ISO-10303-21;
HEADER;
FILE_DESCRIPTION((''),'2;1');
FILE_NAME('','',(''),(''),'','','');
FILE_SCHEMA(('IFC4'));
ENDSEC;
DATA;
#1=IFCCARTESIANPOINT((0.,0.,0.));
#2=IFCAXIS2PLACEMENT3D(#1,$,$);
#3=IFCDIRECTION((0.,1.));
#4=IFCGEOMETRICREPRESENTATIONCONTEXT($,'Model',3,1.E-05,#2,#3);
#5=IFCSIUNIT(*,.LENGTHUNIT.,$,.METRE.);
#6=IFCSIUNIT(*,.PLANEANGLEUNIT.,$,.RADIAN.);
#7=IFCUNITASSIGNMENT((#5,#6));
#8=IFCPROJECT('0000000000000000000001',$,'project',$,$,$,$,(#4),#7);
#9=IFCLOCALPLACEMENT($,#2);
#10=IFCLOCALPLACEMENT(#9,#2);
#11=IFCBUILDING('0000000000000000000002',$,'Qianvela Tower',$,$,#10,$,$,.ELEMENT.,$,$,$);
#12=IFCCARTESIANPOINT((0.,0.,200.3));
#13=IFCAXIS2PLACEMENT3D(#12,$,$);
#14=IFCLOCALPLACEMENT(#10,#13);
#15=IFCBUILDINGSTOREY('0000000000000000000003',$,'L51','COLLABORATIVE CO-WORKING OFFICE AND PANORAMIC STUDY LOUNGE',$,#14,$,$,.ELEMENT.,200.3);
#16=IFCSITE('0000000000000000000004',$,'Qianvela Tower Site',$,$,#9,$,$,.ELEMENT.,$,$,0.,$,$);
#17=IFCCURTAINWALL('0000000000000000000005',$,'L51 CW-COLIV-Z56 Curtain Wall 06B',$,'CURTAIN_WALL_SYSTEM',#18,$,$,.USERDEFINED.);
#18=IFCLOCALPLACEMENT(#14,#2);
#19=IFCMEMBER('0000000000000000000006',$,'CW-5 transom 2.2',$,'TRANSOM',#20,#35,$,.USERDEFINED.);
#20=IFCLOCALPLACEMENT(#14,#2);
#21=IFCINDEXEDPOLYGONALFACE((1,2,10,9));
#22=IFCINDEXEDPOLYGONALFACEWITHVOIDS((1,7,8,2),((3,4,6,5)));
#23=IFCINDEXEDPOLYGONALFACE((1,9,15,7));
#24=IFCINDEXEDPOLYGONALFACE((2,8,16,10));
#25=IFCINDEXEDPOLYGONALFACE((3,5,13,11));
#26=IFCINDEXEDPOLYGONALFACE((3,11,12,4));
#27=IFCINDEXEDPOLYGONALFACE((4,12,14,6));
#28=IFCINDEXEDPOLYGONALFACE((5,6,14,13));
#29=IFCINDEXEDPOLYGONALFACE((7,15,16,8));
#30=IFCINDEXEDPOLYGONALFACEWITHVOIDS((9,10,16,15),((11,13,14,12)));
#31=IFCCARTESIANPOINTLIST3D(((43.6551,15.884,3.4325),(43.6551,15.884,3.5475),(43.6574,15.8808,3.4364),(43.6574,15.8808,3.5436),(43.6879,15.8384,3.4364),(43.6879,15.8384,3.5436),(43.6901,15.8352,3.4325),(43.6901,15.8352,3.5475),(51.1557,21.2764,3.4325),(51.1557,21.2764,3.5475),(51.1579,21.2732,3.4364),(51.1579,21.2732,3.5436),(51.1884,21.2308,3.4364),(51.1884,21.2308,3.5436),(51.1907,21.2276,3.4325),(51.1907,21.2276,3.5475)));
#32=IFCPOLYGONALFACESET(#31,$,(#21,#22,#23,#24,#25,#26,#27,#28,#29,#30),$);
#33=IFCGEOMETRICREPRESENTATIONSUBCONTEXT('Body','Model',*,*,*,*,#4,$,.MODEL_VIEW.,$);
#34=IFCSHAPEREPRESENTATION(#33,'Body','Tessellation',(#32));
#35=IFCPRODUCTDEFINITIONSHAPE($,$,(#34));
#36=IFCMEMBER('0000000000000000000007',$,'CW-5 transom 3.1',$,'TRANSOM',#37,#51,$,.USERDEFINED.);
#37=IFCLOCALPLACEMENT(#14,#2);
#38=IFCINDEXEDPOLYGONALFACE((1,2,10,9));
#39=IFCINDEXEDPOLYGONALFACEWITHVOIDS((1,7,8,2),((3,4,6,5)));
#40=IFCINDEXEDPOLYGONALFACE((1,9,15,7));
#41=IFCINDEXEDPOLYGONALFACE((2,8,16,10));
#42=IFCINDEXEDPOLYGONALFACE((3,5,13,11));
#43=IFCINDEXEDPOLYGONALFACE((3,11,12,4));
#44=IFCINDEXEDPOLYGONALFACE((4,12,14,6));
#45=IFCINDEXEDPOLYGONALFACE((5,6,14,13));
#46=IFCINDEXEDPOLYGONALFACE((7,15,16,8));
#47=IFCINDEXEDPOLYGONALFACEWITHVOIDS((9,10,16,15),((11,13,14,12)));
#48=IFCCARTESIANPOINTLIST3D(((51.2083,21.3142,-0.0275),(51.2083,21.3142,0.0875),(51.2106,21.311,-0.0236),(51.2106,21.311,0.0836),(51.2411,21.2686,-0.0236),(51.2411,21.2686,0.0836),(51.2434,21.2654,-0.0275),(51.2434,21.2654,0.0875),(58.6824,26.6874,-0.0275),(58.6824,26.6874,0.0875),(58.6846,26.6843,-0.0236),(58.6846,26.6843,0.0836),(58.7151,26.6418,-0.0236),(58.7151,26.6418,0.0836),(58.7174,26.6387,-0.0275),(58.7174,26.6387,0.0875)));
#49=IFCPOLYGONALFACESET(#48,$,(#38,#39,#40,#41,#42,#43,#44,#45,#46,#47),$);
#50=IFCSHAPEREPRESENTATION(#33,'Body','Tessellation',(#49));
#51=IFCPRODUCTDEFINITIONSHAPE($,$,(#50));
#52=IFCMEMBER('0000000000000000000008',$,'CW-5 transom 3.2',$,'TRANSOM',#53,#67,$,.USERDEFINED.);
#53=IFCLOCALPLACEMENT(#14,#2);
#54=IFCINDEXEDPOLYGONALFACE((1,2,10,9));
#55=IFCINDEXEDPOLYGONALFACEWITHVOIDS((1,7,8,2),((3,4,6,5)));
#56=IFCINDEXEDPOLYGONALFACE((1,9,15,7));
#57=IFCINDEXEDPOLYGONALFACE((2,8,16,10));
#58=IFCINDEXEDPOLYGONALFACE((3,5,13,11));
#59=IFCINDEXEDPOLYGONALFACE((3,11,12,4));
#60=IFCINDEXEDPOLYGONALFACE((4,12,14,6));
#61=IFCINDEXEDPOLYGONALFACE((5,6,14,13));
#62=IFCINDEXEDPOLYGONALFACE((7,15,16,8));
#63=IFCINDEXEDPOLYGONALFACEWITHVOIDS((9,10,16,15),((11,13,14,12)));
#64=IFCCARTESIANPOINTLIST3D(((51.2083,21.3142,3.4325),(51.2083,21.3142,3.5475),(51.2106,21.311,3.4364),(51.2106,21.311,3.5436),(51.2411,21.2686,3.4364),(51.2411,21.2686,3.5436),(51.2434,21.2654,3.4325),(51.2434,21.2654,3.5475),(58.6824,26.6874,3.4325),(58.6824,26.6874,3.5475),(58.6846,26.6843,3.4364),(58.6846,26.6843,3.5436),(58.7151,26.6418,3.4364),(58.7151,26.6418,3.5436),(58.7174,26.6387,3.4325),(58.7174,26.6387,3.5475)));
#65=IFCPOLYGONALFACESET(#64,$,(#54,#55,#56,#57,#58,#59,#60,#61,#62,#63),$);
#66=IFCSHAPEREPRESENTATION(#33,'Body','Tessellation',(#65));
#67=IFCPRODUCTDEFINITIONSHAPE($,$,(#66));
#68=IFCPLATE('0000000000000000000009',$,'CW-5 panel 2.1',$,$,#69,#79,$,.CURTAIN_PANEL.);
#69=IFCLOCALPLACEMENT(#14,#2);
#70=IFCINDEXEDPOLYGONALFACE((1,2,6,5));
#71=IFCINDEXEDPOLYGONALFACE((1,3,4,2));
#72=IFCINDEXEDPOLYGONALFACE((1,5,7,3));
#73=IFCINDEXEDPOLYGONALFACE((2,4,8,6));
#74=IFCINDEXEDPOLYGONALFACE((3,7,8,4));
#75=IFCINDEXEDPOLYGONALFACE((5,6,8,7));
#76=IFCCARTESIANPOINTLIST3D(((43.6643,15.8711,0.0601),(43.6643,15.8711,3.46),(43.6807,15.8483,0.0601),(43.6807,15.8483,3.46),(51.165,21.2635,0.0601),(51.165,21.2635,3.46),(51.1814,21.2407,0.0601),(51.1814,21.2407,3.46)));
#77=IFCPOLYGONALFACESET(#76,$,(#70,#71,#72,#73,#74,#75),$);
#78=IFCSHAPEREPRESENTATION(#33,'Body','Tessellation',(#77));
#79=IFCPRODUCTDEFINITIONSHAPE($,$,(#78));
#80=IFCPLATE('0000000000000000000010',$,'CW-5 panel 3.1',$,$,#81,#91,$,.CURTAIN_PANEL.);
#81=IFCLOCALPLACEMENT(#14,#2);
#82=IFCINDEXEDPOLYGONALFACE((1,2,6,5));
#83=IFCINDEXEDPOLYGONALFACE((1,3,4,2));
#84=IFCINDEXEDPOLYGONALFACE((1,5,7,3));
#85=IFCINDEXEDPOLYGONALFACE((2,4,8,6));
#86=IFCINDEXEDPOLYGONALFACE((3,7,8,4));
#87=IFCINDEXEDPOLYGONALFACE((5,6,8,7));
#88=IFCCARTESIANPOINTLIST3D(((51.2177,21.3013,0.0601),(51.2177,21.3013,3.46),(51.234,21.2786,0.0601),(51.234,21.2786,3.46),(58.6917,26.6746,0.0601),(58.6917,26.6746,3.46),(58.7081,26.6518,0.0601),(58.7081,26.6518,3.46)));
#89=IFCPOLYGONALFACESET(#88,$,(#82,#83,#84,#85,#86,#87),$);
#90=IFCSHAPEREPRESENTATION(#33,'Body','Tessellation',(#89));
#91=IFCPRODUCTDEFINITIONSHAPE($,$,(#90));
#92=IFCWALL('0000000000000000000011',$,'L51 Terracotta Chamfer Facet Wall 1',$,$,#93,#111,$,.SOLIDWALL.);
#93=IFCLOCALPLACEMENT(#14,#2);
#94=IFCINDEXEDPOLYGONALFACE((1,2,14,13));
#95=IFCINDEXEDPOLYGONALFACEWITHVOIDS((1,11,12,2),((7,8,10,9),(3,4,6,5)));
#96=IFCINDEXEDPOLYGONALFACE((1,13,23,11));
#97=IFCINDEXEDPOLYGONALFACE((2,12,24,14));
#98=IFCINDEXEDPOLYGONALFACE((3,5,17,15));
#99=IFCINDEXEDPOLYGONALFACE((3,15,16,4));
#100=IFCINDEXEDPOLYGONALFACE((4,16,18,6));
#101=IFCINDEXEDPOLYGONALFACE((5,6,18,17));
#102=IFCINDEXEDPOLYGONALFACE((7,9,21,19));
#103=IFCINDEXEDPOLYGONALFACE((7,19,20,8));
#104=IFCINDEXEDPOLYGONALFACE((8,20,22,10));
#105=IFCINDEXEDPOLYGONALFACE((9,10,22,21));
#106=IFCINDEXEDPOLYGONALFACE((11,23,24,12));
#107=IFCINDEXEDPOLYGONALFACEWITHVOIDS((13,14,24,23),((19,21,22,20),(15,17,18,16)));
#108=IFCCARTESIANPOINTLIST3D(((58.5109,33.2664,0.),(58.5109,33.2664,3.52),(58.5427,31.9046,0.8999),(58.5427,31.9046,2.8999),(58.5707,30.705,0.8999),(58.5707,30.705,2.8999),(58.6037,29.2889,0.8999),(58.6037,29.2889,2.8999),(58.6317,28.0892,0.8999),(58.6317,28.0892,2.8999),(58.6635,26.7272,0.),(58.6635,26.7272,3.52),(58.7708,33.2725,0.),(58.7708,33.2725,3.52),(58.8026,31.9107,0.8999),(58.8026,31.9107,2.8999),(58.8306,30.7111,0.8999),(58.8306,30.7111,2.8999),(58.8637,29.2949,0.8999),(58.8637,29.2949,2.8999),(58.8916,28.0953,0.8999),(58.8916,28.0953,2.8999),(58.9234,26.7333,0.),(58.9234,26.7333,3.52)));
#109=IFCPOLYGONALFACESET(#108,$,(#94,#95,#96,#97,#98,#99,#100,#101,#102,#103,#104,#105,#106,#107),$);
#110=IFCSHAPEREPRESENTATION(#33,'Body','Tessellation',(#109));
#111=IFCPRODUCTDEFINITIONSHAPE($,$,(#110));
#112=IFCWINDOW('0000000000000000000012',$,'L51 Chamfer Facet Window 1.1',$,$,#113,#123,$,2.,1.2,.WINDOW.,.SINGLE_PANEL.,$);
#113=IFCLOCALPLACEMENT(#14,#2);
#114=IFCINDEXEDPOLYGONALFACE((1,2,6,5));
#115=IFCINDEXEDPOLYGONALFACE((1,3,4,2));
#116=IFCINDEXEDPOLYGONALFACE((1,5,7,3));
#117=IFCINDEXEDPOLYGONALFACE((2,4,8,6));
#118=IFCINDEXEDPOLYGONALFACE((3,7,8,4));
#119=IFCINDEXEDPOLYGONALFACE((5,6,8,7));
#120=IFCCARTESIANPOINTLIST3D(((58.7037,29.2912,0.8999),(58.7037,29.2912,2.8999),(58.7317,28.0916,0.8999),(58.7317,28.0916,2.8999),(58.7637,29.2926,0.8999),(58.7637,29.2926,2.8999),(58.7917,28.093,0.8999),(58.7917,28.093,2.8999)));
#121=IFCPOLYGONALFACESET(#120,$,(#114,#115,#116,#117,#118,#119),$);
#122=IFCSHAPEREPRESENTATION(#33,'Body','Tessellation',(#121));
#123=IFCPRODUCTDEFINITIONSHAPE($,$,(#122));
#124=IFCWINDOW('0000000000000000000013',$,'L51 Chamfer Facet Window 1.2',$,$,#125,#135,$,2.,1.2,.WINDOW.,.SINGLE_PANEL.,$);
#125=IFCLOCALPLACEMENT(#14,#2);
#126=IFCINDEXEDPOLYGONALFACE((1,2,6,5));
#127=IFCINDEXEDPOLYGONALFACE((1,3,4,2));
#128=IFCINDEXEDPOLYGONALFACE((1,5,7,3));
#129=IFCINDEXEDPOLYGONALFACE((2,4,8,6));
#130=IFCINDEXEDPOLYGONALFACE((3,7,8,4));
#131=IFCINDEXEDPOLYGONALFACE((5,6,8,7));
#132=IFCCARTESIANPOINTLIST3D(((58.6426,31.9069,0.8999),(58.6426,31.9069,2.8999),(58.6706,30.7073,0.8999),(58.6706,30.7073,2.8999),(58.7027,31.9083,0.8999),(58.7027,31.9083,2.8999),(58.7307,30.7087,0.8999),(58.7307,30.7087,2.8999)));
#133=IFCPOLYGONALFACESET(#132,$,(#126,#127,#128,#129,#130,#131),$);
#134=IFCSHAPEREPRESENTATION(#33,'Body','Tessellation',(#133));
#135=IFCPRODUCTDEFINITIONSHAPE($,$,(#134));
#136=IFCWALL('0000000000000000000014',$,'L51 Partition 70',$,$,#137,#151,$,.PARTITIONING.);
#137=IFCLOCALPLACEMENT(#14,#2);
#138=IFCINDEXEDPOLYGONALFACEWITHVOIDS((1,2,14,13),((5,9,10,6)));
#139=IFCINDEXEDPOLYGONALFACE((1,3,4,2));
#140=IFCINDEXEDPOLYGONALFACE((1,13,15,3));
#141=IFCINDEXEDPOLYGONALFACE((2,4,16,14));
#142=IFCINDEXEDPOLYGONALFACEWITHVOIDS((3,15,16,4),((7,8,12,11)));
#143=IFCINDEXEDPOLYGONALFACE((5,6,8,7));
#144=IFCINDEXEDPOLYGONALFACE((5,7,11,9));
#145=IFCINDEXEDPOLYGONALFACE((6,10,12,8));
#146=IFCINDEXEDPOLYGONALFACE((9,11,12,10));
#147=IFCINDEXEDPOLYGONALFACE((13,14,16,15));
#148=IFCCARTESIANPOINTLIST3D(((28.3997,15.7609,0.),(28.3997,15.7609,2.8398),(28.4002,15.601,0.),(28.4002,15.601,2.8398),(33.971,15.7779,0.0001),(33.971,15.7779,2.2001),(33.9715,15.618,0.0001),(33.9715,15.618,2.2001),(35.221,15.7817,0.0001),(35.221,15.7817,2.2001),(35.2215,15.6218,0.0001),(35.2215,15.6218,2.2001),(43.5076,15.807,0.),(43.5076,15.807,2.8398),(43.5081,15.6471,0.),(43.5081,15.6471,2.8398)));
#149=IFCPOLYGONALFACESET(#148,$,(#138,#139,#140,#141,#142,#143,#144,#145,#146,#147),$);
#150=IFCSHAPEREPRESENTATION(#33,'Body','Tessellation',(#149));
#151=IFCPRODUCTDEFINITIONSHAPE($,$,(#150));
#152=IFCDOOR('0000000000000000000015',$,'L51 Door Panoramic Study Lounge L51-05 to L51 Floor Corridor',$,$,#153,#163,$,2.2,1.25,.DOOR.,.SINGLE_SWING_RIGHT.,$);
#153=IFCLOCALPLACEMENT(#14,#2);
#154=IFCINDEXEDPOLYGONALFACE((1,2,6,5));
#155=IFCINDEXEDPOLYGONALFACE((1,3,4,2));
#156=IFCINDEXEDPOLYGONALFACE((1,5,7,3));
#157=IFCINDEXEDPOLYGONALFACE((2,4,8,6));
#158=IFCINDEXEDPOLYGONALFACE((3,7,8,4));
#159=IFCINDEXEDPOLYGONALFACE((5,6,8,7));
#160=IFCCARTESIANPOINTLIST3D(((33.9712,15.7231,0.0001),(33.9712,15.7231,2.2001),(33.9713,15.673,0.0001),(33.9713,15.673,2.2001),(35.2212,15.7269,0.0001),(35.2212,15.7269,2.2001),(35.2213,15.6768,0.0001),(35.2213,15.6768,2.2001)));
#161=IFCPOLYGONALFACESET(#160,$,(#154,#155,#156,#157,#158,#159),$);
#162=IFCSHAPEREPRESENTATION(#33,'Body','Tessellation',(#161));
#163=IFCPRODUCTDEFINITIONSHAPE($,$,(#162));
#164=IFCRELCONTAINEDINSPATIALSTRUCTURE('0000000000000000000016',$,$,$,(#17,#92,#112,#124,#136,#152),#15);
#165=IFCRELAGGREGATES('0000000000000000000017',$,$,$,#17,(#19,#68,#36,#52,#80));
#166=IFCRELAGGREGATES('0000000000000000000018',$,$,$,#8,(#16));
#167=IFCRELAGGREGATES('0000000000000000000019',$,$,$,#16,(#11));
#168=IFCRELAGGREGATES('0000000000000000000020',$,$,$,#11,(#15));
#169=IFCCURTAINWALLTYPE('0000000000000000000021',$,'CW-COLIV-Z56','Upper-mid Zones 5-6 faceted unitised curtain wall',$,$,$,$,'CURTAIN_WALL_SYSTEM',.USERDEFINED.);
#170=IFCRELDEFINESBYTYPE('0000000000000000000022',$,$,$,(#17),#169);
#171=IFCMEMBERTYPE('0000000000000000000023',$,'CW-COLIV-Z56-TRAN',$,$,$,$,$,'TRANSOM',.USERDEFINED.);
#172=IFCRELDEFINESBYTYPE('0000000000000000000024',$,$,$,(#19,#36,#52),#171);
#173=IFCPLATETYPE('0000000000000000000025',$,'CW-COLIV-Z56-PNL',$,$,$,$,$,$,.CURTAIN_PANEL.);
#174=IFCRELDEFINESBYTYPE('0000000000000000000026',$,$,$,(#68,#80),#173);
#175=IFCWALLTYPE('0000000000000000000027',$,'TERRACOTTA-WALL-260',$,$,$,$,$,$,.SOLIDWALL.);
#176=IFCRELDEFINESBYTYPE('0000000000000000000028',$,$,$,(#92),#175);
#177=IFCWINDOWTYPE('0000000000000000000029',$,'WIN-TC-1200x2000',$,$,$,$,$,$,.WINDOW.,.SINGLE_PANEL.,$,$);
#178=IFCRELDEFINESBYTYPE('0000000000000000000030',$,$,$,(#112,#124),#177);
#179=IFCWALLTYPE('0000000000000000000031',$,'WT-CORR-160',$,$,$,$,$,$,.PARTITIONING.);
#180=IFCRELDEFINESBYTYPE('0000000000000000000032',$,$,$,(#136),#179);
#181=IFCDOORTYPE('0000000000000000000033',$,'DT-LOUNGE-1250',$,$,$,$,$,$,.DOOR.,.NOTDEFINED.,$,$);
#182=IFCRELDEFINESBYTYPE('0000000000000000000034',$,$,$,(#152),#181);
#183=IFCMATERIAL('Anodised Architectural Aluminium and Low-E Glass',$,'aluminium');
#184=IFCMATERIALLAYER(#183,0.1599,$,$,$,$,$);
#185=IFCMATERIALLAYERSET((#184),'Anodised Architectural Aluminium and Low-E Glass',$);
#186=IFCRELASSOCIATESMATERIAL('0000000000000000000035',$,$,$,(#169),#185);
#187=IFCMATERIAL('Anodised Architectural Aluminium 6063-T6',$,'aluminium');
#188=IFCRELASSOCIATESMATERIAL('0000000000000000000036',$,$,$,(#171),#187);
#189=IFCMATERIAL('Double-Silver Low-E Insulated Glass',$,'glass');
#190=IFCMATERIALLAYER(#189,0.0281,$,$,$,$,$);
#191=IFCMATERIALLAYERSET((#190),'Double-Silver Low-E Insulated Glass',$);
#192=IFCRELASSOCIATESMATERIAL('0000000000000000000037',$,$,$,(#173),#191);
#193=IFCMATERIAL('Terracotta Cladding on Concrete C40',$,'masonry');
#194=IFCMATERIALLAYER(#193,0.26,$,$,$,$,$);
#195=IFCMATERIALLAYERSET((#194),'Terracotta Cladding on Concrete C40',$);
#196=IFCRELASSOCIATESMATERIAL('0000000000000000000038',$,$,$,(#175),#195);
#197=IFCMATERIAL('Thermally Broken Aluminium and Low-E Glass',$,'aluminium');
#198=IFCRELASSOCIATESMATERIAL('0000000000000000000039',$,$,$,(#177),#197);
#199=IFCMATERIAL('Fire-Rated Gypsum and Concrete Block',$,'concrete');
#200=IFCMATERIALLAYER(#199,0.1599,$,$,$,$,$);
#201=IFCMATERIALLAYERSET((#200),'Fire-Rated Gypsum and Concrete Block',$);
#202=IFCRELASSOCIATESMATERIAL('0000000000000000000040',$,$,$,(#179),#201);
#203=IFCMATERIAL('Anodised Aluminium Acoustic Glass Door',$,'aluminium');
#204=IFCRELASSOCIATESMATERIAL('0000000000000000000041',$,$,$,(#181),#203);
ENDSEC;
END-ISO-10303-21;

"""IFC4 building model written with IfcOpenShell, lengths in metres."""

from ifc_helpers import new_model, si_unit, direction, frame, frame_2d, origin, origin_2d, place, context, subcontext, project, spatial, rectangle, hollow_rectangle, extrude, material, layer, layer_set, material_profile, profile_set, type_object, element, fill, aggregate, save


model = new_model("IFC4")

# Units and contexts
model_context = context("Model", 3, precision=1e-05, world=origin(), true_north=direction((0.0, 1.0)))
body_context = subcontext(model_context, "Body", "Model", "MODEL_VIEW")
ifc_project = project(units=[si_unit("LENGTHUNIT", "METRE"), si_unit("PLANEANGLEUNIT", "RADIAN")], contexts=[model_context])

# Site, building, storey
site_placement = place(None, origin())
site = spatial("IfcSite", under=ifc_project, at=site_placement, Name="Qianvela Tower Site", CompositionType="ELEMENT", RefElevation=0.0)
building_placement = place(site_placement, origin())
building = spatial("IfcBuilding", under=site, at=building_placement, Name="Qianvela Tower", CompositionType="ELEMENT")
storey_placement = place(building_placement, frame((0.0, 0.0, 200.3)))
storey = spatial("IfcBuildingStorey", under=building, at=storey_placement, Name="L51", Description="COLLABORATIVE CO-WORKING OFFICE AND PANORAMIC STUDY LOUNGE", CompositionType="ELEMENT", Elevation=200.3)

# Curtain wall, members, plates
ifc_material_1 = material(Name="Anodised Architectural Aluminium and Low-E Glass", Category="aluminium")
ifc_layer_1 = layer(ifc_material_1, 0.1599)
ifc_layer_set_1 = layer_set([ifc_layer_1], Name="Anodised Architectural Aluminium and Low-E Glass")
curtain_wall_type = type_object("IfcCurtainWallType", Name="CW-COLIV-Z56", Description="Upper-mid Zones 5-6 faceted unitised curtain wall", ElementType="CURTAIN_WALL_SYSTEM", PredefinedType="USERDEFINED", material=ifc_layer_set_1)
curtain_wall_placement = place(storey_placement, origin())
curtain_wall = element("IfcCurtainWall", 1, at=curtain_wall_placement, inside=storey, type_object=curtain_wall_type, Name="L51 CW-COLIV-Z56 Curtain Wall 06B", ObjectType="CURTAIN_WALL_SYSTEM", PredefinedType="USERDEFINED")
ifc_material_2 = material(Name="Anodised Architectural Aluminium 6063-T6", Category="aluminium")
ifc_material_profile_1 = material_profile(ifc_material_2, hollow_rectangle(XDim=0.0601, YDim=0.115, WallThickness=0.0039, at=origin_2d()), Name="ALU-TRAN-60x115")
ifc_profile_set_1 = profile_set([ifc_material_profile_1], Name="Anodised Architectural Aluminium 6063-T6")
member_type_1 = type_object("IfcMemberType", Name="CW-COLIV-Z56-TRAN", ElementType="TRANSOM", PredefinedType="USERDEFINED", material=ifc_profile_set_1)
member_1_placement = place(storey_placement, frame((43.6726, 15.8596, 3.49), z_axis=(0.811946, 0.583733, 0.0), x_axis=(-0.583733, 0.811946, 0.0)))
member_1 = element("IfcMember", 2, at=member_1_placement, type_object=member_type_1, Name="CW-5 transom 2.2", ObjectType="TRANSOM", PredefinedType="USERDEFINED", context=body_context, shape_type="SweptSolid", body=[
    extrude(hollow_rectangle(XDim=0.0601, YDim=0.115, WallThickness=0.0039, at=origin_2d()), origin(), (0.0, 0.0, 1.0), 9.2378),
])
member_2_placement = place(storey_placement, frame((51.2258, 21.2898, 0.03), z_axis=(0.81195, 0.583727, 0.0), x_axis=(-0.583727, 0.81195, 0.0)))
member_2 = element("IfcMember", 3, at=member_2_placement, type_object=member_type_1, Name="CW-5 transom 3.1", ObjectType="TRANSOM", PredefinedType="USERDEFINED", context=body_context, shape_type="SweptSolid", body=[
    extrude(hollow_rectangle(XDim=0.0601, YDim=0.115, WallThickness=0.0039, at=origin_2d()), origin(), (0.0, 0.0, 1.0), 9.2051),
])
member_3_placement = place(storey_placement, frame((51.2258, 21.2898, 3.49), z_axis=(0.81195, 0.583727, 0.0), x_axis=(-0.583727, 0.81195, 0.0)))
member_3 = element("IfcMember", 4, at=member_3_placement, type_object=member_type_1, Name="CW-5 transom 3.2", ObjectType="TRANSOM", PredefinedType="USERDEFINED", context=body_context, shape_type="SweptSolid", body=[
    extrude(hollow_rectangle(XDim=0.0601, YDim=0.115, WallThickness=0.0039, at=origin_2d()), origin(), (0.0, 0.0, 1.0), 9.2051),
])
ifc_material_3 = material(Name="Double-Silver Low-E Insulated Glass", Category="glass")
ifc_layer_2 = layer(ifc_material_3, 0.0281)
ifc_layer_set_2 = layer_set([ifc_layer_2], Name="Double-Silver Low-E Insulated Glass")
plate_type = type_object("IfcPlateType", Name="CW-COLIV-Z56-PNL", PredefinedType="CURTAIN_PANEL", material=ifc_layer_set_2)
plate_1_placement = place(storey_placement, frame((47.4229, 18.5559, 0.0601), z_axis=(0.0, 0.0, 1.0), x_axis=(0.811952, 0.583724, 0.0)))
plate_1 = element("IfcPlate", 5, at=plate_1_placement, type_object=plate_type, Name="CW-5 panel 2.1", PredefinedType="CURTAIN_PANEL", context=body_context, shape_type="SweptSolid", body=[
    extrude(rectangle(XDim=9.2378, YDim=0.0281, at=origin_2d()), origin(), (0.0, 0.0, 1.0), 3.3999),
])
plate_2_placement = place(storey_placement, frame((54.9629, 23.9766, 0.0601), z_axis=(0.0, 0.0, 1.0), x_axis=(0.811952, 0.583724, 0.0)))
plate_2 = element("IfcPlate", 6, at=plate_2_placement, type_object=plate_type, Name="CW-5 panel 3.1", PredefinedType="CURTAIN_PANEL", context=body_context, shape_type="SweptSolid", body=[
    extrude(rectangle(XDim=9.2051, YDim=0.0281, at=origin_2d()), origin(), (0.0, 0.0, 1.0), 3.3999),
])
aggregate(curtain_wall, [member_1, plate_1, member_2, member_3, plate_2])

# Wall, openings, windows
ifc_material_4 = material(Name="Terracotta Cladding on Concrete C40", Category="masonry")
ifc_layer_3 = layer(ifc_material_4, 0.26)
ifc_layer_set_3 = layer_set([ifc_layer_3], Name="Terracotta Cladding on Concrete C40")
wall_type_1 = type_object("IfcWallType", Name="TERRACOTTA-WALL-260", PredefinedType="SOLIDWALL", material=ifc_layer_set_3)
wall_1_placement = place(storey_placement, frame((58.7935, 26.7302, 0.0), z_axis=(0.0, 0.0, 1.0), x_axis=(-0.023328, 0.999728, 0.0)))
wall_1 = element("IfcWall", 7, at=wall_1_placement, inside=storey, type_object=wall_type_1, Name="L51 Terracotta Chamfer Facet Wall 1", PredefinedType="SOLIDWALL", context=body_context, shape_type="SweptSolid", body=[
    extrude(rectangle(XDim=6.541, YDim=0.26, at=frame_2d((3.2705, 0.0))), origin(), (0.0, 0.0, 1.0), 3.52),
])
opening_1_placement = place(wall_1_placement, frame((1.3623, 0.0, 0.8999)))
opening_1 = element("IfcOpeningElement", 8, at=opening_1_placement, cuts=wall_1, PredefinedType="OPENING", context=body_context, shape_type="SweptSolid", body=[
    extrude(rectangle(XDim=1.2, YDim=2.0, at=frame_2d((0.6001, 1.0))), frame((0.0, 0.1399, 0.0), z_axis=(0.0, -1.0, 0.0), x_axis=(1.0, 0.0, 0.0)), (0.0, 0.0, 1.0), 0.28),
])
opening_2_placement = place(wall_1_placement, frame((3.9788, 0.0, 0.8999)))
opening_2 = element("IfcOpeningElement", 9, at=opening_2_placement, cuts=wall_1, PredefinedType="OPENING", context=body_context, shape_type="SweptSolid", body=[
    extrude(rectangle(XDim=1.2, YDim=2.0, at=frame_2d((0.6001, 1.0))), frame((0.0, 0.1399, 0.0), z_axis=(0.0, -1.0, 0.0), x_axis=(1.0, 0.0, 0.0)), (0.0, 0.0, 1.0), 0.28),
])
ifc_material_5 = material(Name="Thermally Broken Aluminium and Low-E Glass", Category="aluminium")
window_type = type_object("IfcWindowType", Name="WIN-TC-1200x2000", PartitioningType="SINGLE_PANEL", PredefinedType="WINDOW", material=ifc_material_5)
window_1_placement = place(opening_1_placement, origin())
window_1 = element("IfcWindow", 10, at=window_1_placement, inside=storey, type_object=window_type, Name="L51 Chamfer Facet Window 1.1", OverallHeight=2.0, OverallWidth=1.2, PartitioningType="SINGLE_PANEL", PredefinedType="WINDOW", context=body_context, shape_type="SweptSolid", body=[
    extrude(rectangle(XDim=1.2, YDim=2.0, at=frame_2d((0.6001, 1.0))), frame((0.0, 0.03, 0.0), z_axis=(0.0, -1.0, 0.0), x_axis=(1.0, 0.0, 0.0)), (0.0, 0.0, 1.0), 0.0601),
])
fill(opening_1, window_1)
window_2_placement = place(opening_2_placement, origin())
window_2 = element("IfcWindow", 11, at=window_2_placement, inside=storey, type_object=window_type, Name="L51 Chamfer Facet Window 1.2", OverallHeight=2.0, OverallWidth=1.2, PartitioningType="SINGLE_PANEL", PredefinedType="WINDOW", context=body_context, shape_type="SweptSolid", body=[
    extrude(rectangle(XDim=1.2, YDim=2.0, at=frame_2d((0.6001, 1.0))), frame((0.0, 0.03, 0.0), z_axis=(0.0, -1.0, 0.0), x_axis=(1.0, 0.0, 0.0)), (0.0, 0.0, 1.0), 0.0601),
])
fill(opening_2, window_2)

# Wall, opening, door
ifc_material_6 = material(Name="Fire-Rated Gypsum and Concrete Block", Category="concrete")
ifc_layer_4 = layer(ifc_material_6, 0.1599)
ifc_layer_set_4 = layer_set([ifc_layer_4], Name="Fire-Rated Gypsum and Concrete Block")
wall_type_2 = type_object("IfcWallType", Name="WT-CORR-160", PredefinedType="PARTITIONING", material=ifc_layer_set_4)
wall_2_placement = place(storey_placement, frame((43.5078, 15.7271, 0.0), z_axis=(0.0, 0.0, 1.0), x_axis=(-0.999995, -0.003054, 0.0)))
wall_2 = element("IfcWall", 12, at=wall_2_placement, inside=storey, type_object=wall_type_2, Name="L51 Partition 70", PredefinedType="PARTITIONING", context=body_context, shape_type="SweptSolid", body=[
    extrude(rectangle(XDim=15.1079, YDim=0.1599, at=frame_2d((7.554, 0.0))), origin(), (0.0, 0.0, 1.0), 2.8398),
])
opening_3_placement = place(wall_2_placement, frame((8.2866, 0.0, 0.0)))
opening_3 = element("IfcOpeningElement", 13, at=opening_3_placement, cuts=wall_2, PredefinedType="OPENING", context=body_context, shape_type="SweptSolid", body=[
    extrude(rectangle(XDim=1.25, YDim=2.2, at=frame_2d((0.625, 1.1001))), frame((0.0, 0.0898, 0.0), z_axis=(0.0, -1.0, 0.0), x_axis=(1.0, 0.0, 0.0)), (0.0, 0.0, 1.0), 0.1799),
])
ifc_material_7 = material(Name="Anodised Aluminium Acoustic Glass Door", Category="aluminium")
door_type_1 = type_object("IfcDoorType", Name="DT-LOUNGE-1250", OperationType="NOTDEFINED", PredefinedType="DOOR", material=ifc_material_7)
door_1_placement = place(opening_3_placement, origin())
door_1 = element("IfcDoor", 14, at=door_1_placement, inside=storey, type_object=door_type_1, Name="L51 Door Panoramic Study Lounge L51-05 to L51 Floor Corridor", OperationType="SINGLE_SWING_RIGHT", OverallHeight=2.2, OverallWidth=1.25, PredefinedType="DOOR", context=body_context, shape_type="SweptSolid", body=[
    extrude(rectangle(XDim=1.25, YDim=2.2, at=frame_2d((0.625, 1.1001))), frame((0.0, 0.0249, 0.0), z_axis=(0.0, -1.0, 0.0), x_axis=(1.0, 0.0, 0.0)), (0.0, 0.0, 1.0), 0.05),
])
fill(opening_3, door_1)

save(model, "model.ifc")
